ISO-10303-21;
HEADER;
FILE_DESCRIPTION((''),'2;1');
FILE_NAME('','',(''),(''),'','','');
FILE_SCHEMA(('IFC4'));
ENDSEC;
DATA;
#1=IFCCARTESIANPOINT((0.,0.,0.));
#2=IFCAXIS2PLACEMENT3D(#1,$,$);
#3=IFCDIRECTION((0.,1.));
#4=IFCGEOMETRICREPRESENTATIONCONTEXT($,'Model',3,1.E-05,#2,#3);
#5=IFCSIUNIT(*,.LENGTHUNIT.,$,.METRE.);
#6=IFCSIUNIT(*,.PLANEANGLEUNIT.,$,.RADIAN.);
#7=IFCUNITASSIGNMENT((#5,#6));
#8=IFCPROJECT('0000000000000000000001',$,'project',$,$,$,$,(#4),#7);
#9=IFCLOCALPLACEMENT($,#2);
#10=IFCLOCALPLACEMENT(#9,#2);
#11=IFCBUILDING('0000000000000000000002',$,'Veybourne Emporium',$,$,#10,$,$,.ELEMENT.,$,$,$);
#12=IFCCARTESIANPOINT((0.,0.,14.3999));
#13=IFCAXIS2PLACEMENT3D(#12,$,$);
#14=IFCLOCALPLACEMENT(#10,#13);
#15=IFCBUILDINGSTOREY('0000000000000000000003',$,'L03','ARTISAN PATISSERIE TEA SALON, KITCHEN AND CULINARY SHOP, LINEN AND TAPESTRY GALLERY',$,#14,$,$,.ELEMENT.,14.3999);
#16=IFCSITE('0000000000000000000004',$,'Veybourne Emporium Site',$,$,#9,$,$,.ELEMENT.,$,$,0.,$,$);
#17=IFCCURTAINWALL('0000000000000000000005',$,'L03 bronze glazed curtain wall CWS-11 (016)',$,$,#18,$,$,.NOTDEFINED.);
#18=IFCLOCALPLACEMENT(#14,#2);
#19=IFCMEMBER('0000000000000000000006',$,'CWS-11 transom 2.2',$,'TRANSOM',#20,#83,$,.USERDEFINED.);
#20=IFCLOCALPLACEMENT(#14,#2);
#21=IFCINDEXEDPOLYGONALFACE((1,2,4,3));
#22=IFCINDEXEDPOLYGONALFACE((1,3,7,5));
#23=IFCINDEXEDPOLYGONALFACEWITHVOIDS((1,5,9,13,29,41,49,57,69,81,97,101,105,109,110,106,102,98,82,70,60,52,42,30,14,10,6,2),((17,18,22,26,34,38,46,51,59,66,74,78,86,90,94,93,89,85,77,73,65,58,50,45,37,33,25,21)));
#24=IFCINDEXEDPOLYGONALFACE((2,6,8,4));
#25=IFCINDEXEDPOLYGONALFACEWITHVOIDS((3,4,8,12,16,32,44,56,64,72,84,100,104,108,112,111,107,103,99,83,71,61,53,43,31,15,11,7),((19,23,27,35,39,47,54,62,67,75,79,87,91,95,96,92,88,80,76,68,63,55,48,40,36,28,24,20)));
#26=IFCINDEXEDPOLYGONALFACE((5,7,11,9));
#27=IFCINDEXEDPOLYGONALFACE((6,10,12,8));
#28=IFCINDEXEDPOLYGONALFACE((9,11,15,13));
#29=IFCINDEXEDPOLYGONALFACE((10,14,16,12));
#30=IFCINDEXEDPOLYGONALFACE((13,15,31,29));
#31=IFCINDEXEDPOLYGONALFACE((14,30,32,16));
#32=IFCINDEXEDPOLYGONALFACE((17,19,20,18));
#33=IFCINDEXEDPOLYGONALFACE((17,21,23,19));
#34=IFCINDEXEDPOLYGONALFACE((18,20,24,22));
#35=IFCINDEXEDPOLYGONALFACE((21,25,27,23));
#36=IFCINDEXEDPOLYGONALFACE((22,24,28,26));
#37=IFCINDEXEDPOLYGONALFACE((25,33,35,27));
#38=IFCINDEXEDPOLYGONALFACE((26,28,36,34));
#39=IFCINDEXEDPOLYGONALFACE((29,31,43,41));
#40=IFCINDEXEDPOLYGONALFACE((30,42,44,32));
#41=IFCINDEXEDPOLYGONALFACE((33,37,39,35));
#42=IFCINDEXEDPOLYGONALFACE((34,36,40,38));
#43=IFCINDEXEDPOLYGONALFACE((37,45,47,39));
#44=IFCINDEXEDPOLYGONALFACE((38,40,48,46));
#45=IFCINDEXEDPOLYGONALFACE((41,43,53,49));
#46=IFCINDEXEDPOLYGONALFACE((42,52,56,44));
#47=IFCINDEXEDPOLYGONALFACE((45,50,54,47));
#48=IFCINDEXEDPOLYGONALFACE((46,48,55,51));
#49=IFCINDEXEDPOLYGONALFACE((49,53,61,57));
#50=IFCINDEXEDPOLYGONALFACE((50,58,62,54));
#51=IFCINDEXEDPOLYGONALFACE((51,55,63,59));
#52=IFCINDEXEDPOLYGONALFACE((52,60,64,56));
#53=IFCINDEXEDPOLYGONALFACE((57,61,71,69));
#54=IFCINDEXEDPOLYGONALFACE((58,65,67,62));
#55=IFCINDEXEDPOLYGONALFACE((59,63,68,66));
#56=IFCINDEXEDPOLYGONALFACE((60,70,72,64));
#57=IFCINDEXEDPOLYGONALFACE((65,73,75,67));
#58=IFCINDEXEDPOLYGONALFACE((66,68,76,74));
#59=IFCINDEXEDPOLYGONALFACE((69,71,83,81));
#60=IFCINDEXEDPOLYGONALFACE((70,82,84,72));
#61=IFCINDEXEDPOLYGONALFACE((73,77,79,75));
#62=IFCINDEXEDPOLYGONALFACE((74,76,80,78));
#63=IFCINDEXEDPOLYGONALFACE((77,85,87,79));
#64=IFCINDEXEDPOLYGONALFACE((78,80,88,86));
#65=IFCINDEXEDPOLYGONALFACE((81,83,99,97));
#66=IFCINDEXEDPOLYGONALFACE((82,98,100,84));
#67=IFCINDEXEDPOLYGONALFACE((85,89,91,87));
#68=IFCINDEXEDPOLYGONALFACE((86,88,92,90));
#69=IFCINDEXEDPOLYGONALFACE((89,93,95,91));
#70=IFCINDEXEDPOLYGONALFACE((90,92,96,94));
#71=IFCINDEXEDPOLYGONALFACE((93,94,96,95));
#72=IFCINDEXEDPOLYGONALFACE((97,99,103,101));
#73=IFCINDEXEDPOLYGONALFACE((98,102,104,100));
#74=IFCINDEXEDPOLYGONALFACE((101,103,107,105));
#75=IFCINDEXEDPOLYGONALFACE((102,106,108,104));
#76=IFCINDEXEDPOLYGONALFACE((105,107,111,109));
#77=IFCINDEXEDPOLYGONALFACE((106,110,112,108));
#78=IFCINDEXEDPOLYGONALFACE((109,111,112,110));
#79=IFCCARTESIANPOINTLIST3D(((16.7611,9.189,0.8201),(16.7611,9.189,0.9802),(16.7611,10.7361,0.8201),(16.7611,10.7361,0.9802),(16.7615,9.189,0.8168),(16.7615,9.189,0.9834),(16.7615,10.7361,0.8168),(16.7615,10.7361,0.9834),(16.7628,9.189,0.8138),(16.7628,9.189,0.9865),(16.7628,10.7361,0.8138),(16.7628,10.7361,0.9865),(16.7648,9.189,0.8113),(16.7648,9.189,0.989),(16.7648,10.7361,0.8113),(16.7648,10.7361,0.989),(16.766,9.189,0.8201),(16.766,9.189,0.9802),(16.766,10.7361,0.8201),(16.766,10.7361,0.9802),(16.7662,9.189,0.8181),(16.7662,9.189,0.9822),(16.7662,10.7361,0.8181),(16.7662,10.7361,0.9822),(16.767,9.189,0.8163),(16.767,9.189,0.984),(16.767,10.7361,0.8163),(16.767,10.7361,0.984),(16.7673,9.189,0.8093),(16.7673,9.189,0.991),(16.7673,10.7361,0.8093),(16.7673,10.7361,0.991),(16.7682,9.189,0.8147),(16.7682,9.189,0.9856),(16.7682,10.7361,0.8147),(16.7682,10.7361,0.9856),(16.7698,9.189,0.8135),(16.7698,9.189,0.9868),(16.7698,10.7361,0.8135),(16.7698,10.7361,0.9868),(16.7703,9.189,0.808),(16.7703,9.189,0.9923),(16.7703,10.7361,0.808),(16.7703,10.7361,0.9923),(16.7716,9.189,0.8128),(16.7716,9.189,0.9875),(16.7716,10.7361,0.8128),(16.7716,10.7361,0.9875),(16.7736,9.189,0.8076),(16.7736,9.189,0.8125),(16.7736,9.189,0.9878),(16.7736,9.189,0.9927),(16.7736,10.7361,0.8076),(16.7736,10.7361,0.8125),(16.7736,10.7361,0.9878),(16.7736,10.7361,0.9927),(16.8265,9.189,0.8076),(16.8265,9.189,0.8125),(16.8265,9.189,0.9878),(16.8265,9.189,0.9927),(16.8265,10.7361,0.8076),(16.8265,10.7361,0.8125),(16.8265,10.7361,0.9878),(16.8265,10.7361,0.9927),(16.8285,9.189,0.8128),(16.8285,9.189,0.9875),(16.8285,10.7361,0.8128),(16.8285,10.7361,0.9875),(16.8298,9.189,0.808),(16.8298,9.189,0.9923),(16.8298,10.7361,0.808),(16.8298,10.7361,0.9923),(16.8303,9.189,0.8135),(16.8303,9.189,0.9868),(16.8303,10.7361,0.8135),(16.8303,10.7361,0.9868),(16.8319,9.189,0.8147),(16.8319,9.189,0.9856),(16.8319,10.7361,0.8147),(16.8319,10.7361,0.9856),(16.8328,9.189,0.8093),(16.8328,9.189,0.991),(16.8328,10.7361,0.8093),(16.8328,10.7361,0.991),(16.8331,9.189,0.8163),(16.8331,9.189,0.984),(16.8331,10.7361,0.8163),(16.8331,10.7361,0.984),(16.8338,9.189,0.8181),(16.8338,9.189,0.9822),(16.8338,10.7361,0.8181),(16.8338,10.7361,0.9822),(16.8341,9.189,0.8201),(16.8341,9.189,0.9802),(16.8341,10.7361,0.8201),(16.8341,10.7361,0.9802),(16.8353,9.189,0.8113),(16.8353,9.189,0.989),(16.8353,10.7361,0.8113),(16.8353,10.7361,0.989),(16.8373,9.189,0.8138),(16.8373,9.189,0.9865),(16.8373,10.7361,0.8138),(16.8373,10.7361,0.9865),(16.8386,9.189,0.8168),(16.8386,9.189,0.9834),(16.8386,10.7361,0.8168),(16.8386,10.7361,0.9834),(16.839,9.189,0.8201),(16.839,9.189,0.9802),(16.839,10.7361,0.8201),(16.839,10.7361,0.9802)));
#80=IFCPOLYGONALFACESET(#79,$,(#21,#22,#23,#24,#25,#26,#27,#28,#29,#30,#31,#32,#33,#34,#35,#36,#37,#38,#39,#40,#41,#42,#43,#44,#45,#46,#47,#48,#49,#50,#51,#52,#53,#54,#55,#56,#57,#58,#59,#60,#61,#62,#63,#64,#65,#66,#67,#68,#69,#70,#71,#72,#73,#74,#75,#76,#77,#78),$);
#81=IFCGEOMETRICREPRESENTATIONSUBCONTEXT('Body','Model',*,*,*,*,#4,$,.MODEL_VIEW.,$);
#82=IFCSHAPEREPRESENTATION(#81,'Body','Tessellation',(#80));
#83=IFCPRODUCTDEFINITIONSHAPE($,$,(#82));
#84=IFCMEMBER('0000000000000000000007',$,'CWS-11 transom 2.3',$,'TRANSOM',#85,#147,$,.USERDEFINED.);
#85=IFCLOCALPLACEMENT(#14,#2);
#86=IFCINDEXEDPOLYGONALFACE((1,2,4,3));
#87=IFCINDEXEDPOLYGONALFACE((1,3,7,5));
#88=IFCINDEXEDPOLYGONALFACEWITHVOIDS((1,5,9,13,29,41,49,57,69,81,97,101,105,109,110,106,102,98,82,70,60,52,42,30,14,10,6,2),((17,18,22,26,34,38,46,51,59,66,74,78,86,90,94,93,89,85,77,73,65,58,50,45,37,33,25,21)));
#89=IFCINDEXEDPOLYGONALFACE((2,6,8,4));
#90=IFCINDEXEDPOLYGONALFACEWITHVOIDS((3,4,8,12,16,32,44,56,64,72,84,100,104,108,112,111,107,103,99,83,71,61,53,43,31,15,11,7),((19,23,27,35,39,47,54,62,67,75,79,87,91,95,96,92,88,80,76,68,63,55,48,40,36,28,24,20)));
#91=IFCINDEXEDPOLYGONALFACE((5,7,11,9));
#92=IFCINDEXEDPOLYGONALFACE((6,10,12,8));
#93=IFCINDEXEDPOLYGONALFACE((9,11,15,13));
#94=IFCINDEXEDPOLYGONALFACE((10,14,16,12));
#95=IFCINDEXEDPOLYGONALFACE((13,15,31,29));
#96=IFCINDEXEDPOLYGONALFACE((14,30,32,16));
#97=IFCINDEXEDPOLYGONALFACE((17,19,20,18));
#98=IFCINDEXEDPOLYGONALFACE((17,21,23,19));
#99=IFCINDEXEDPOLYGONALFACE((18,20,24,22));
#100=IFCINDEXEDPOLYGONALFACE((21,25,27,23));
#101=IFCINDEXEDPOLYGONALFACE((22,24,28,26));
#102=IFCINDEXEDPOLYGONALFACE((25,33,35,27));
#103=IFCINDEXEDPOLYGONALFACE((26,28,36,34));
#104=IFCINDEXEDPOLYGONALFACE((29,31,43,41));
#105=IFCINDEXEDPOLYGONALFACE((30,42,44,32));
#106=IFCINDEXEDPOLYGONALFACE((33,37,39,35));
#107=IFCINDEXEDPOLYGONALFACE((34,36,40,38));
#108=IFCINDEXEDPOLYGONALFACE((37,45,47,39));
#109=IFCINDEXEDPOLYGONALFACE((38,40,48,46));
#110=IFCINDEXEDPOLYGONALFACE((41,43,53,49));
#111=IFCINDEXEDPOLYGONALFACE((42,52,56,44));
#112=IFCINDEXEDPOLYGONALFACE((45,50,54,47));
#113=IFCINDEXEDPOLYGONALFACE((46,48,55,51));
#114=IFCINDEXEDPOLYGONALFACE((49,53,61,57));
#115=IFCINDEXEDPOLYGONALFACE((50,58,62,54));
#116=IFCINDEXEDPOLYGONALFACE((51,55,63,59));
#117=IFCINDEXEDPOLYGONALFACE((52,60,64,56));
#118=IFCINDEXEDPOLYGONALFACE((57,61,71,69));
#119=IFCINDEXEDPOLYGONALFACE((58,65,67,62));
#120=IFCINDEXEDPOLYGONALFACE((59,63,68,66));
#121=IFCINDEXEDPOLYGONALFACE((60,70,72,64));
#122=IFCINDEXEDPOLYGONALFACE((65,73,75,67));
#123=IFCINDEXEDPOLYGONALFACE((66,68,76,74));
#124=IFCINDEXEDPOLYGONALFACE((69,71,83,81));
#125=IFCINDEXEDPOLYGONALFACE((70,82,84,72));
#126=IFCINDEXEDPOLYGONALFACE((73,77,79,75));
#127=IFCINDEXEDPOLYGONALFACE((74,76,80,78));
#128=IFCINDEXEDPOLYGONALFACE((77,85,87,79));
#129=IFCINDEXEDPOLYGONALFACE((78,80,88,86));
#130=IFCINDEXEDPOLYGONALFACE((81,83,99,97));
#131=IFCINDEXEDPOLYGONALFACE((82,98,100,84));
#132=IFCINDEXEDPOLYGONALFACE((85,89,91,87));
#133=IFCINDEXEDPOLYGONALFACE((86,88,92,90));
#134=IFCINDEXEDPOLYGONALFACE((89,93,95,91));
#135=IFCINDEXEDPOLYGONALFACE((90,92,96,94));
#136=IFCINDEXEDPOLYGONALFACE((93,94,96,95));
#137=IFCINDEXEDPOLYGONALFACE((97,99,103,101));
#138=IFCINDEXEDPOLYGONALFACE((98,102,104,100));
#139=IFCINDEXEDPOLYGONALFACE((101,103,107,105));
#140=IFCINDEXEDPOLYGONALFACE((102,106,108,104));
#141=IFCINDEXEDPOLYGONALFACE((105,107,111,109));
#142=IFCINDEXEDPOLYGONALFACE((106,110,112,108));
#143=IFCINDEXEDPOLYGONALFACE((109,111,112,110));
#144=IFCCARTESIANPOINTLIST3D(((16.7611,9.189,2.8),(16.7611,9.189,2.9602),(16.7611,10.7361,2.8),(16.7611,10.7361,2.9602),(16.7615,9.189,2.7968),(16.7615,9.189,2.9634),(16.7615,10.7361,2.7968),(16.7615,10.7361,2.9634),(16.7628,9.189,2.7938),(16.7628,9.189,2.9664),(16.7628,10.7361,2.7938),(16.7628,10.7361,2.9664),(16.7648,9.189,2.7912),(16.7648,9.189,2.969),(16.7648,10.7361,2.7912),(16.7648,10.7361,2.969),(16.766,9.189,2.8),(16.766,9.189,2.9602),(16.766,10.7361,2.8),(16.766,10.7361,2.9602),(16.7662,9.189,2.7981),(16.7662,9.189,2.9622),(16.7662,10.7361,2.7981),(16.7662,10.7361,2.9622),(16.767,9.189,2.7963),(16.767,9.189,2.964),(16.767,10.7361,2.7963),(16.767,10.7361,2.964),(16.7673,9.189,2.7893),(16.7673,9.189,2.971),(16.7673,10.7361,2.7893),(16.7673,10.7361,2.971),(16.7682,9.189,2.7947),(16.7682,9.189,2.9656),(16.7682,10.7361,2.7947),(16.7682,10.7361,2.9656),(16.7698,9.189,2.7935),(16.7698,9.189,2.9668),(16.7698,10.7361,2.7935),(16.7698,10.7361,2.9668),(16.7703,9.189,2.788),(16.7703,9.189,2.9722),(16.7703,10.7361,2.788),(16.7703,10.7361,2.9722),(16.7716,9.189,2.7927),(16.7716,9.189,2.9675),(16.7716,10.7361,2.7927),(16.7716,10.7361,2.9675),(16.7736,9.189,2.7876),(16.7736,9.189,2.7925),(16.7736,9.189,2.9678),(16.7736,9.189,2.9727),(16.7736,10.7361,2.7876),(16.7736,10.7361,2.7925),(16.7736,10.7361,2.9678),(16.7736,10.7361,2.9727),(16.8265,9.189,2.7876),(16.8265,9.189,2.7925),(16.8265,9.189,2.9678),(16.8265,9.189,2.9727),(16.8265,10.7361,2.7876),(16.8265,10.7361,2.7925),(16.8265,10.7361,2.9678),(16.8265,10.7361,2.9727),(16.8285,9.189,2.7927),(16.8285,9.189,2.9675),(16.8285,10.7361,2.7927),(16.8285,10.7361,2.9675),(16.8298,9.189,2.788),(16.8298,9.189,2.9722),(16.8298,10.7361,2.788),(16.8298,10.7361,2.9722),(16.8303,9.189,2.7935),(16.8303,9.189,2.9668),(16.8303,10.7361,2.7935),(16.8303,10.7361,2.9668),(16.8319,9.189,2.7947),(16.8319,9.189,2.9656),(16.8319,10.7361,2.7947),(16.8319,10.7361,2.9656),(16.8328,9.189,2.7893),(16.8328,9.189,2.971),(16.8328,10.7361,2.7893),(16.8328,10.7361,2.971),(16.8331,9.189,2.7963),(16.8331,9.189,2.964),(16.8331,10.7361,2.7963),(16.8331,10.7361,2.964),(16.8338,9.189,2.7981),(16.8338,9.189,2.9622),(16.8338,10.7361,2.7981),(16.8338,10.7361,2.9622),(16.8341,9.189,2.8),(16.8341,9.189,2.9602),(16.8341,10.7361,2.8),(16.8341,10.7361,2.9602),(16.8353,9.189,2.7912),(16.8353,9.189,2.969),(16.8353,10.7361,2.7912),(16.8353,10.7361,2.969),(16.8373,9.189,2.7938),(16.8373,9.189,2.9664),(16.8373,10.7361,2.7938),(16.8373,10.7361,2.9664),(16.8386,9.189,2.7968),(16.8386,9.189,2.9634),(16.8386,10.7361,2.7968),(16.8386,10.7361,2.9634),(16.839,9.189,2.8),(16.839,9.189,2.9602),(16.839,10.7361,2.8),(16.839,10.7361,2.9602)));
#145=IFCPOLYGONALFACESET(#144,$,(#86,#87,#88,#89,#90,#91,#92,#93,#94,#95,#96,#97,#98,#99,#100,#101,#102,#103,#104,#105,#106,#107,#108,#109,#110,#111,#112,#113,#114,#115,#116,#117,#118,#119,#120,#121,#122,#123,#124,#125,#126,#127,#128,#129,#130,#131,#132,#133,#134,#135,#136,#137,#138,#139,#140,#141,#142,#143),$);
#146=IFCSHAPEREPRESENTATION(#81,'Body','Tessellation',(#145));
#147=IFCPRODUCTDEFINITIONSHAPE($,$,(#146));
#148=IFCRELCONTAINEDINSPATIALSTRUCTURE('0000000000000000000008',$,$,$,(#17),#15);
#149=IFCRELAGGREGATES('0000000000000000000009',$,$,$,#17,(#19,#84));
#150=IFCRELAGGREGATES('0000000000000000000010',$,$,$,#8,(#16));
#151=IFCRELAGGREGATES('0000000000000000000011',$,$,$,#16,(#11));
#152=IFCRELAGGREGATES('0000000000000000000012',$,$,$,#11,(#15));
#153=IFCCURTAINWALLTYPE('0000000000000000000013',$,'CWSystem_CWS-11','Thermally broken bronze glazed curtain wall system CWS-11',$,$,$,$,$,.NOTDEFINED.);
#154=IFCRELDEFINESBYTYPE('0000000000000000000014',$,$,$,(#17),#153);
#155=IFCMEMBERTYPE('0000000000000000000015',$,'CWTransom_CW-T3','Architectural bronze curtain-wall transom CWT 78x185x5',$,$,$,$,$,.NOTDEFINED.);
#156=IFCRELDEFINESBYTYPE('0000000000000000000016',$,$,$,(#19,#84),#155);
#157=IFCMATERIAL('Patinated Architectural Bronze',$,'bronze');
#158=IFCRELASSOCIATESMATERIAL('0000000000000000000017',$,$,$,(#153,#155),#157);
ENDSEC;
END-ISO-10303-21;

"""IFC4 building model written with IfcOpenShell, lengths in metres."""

from ifc_helpers import new_model, si_unit, direction, frame, origin, origin_2d, place, context, subcontext, project, spatial, hollow_rectangle, extrude, material, material_profile, profile_set, type_object, element, aggregate, save


model = new_model("IFC4")

# Units and contexts
model_context = context("Model", 3, precision=1e-05, world=origin(), true_north=direction((0.0, 1.0)))
body_context = subcontext(model_context, "Body", "Model", "MODEL_VIEW")
ifc_project = project(units=[si_unit("LENGTHUNIT", "METRE"), si_unit("PLANEANGLEUNIT", "RADIAN")], contexts=[model_context])

# Site, building, storey
site_placement = place(None, origin())
site = spatial("IfcSite", under=ifc_project, at=site_placement, Name="Veybourne Emporium Site", CompositionType="ELEMENT", RefElevation=0.0)
building_placement = place(site_placement, origin())
building = spatial("IfcBuilding", under=site, at=building_placement, Name="Veybourne Emporium", CompositionType="ELEMENT")
storey_placement = place(building_placement, frame((0.0, 0.0, 14.3999)))
storey = spatial("IfcBuildingStorey", under=building, at=storey_placement, Name="L03", Description="ARTISAN PATISSERIE TEA SALON, KITCHEN AND CULINARY SHOP, LINEN AND TAPESTRY GALLERY", CompositionType="ELEMENT", Elevation=14.3999)

# Curtain wall, members
ifc_material_1 = material(Name="Patinated Architectural Bronze", Category="bronze")
curtain_wall_type = type_object("IfcCurtainWallType", Name="CWSystem_CWS-11", Description="Thermally broken bronze glazed curtain wall system CWS-11", PredefinedType="NOTDEFINED", material=ifc_material_1)
curtain_wall_placement = place(storey_placement, origin())
curtain_wall = element("IfcCurtainWall", 1, at=curtain_wall_placement, inside=storey, type_object=curtain_wall_type, Name="L03 bronze glazed curtain wall CWS-11 (016)", PredefinedType="NOTDEFINED")
ifc_material_profile_1 = material_profile(ifc_material_1, hollow_rectangle(XDim=0.0779, YDim=0.1851, WallThickness=0.0049, InnerFilletRadius=0.0076, OuterFilletRadius=0.0125, at=origin_2d()), Name="CWT 78x185x5")
ifc_profile_set_1 = profile_set([ifc_material_profile_1], Name="Patinated Architectural Bronze")
member_type_1 = type_object("IfcMemberType", Name="CWTransom_CW-T3", Description="Architectural bronze curtain-wall transom CWT 78x185x5", PredefinedType="NOTDEFINED", material=ifc_profile_set_1)
member_1_placement = place(storey_placement, frame((16.8, 9.189, 0.9001), z_axis=(0.0, 1.0, 0.0), x_axis=(-1.0, 0.0, 0.0)))
member_1 = element("IfcMember", 2, at=member_1_placement, type_object=member_type_1, Name="CWS-11 transom 2.2", ObjectType="TRANSOM", PredefinedType="USERDEFINED", context=body_context, shape_type="SweptSolid", body=[
    extrude(hollow_rectangle(XDim=0.0779, YDim=0.1851, WallThickness=0.0049, InnerFilletRadius=0.0076, OuterFilletRadius=0.0125, at=origin_2d()), origin(), (0.0, 0.0, 1.0), 1.5471),
])
member_2_placement = place(storey_placement, frame((16.8, 9.189, 2.8801), z_axis=(0.0, 1.0, 0.0), x_axis=(-1.0, 0.0, 0.0)))
member_2 = element("IfcMember", 3, at=member_2_placement, type_object=member_type_1, Name="CWS-11 transom 2.3", ObjectType="TRANSOM", PredefinedType="USERDEFINED", context=body_context, shape_type="SweptSolid", body=[
    extrude(hollow_rectangle(XDim=0.0779, YDim=0.1851, WallThickness=0.0049, InnerFilletRadius=0.0076, OuterFilletRadius=0.0125, at=origin_2d()), origin(), (0.0, 0.0, 1.0), 1.5471),
])
aggregate(curtain_wall, [member_1, member_2])

save(model, "model.ifc")
